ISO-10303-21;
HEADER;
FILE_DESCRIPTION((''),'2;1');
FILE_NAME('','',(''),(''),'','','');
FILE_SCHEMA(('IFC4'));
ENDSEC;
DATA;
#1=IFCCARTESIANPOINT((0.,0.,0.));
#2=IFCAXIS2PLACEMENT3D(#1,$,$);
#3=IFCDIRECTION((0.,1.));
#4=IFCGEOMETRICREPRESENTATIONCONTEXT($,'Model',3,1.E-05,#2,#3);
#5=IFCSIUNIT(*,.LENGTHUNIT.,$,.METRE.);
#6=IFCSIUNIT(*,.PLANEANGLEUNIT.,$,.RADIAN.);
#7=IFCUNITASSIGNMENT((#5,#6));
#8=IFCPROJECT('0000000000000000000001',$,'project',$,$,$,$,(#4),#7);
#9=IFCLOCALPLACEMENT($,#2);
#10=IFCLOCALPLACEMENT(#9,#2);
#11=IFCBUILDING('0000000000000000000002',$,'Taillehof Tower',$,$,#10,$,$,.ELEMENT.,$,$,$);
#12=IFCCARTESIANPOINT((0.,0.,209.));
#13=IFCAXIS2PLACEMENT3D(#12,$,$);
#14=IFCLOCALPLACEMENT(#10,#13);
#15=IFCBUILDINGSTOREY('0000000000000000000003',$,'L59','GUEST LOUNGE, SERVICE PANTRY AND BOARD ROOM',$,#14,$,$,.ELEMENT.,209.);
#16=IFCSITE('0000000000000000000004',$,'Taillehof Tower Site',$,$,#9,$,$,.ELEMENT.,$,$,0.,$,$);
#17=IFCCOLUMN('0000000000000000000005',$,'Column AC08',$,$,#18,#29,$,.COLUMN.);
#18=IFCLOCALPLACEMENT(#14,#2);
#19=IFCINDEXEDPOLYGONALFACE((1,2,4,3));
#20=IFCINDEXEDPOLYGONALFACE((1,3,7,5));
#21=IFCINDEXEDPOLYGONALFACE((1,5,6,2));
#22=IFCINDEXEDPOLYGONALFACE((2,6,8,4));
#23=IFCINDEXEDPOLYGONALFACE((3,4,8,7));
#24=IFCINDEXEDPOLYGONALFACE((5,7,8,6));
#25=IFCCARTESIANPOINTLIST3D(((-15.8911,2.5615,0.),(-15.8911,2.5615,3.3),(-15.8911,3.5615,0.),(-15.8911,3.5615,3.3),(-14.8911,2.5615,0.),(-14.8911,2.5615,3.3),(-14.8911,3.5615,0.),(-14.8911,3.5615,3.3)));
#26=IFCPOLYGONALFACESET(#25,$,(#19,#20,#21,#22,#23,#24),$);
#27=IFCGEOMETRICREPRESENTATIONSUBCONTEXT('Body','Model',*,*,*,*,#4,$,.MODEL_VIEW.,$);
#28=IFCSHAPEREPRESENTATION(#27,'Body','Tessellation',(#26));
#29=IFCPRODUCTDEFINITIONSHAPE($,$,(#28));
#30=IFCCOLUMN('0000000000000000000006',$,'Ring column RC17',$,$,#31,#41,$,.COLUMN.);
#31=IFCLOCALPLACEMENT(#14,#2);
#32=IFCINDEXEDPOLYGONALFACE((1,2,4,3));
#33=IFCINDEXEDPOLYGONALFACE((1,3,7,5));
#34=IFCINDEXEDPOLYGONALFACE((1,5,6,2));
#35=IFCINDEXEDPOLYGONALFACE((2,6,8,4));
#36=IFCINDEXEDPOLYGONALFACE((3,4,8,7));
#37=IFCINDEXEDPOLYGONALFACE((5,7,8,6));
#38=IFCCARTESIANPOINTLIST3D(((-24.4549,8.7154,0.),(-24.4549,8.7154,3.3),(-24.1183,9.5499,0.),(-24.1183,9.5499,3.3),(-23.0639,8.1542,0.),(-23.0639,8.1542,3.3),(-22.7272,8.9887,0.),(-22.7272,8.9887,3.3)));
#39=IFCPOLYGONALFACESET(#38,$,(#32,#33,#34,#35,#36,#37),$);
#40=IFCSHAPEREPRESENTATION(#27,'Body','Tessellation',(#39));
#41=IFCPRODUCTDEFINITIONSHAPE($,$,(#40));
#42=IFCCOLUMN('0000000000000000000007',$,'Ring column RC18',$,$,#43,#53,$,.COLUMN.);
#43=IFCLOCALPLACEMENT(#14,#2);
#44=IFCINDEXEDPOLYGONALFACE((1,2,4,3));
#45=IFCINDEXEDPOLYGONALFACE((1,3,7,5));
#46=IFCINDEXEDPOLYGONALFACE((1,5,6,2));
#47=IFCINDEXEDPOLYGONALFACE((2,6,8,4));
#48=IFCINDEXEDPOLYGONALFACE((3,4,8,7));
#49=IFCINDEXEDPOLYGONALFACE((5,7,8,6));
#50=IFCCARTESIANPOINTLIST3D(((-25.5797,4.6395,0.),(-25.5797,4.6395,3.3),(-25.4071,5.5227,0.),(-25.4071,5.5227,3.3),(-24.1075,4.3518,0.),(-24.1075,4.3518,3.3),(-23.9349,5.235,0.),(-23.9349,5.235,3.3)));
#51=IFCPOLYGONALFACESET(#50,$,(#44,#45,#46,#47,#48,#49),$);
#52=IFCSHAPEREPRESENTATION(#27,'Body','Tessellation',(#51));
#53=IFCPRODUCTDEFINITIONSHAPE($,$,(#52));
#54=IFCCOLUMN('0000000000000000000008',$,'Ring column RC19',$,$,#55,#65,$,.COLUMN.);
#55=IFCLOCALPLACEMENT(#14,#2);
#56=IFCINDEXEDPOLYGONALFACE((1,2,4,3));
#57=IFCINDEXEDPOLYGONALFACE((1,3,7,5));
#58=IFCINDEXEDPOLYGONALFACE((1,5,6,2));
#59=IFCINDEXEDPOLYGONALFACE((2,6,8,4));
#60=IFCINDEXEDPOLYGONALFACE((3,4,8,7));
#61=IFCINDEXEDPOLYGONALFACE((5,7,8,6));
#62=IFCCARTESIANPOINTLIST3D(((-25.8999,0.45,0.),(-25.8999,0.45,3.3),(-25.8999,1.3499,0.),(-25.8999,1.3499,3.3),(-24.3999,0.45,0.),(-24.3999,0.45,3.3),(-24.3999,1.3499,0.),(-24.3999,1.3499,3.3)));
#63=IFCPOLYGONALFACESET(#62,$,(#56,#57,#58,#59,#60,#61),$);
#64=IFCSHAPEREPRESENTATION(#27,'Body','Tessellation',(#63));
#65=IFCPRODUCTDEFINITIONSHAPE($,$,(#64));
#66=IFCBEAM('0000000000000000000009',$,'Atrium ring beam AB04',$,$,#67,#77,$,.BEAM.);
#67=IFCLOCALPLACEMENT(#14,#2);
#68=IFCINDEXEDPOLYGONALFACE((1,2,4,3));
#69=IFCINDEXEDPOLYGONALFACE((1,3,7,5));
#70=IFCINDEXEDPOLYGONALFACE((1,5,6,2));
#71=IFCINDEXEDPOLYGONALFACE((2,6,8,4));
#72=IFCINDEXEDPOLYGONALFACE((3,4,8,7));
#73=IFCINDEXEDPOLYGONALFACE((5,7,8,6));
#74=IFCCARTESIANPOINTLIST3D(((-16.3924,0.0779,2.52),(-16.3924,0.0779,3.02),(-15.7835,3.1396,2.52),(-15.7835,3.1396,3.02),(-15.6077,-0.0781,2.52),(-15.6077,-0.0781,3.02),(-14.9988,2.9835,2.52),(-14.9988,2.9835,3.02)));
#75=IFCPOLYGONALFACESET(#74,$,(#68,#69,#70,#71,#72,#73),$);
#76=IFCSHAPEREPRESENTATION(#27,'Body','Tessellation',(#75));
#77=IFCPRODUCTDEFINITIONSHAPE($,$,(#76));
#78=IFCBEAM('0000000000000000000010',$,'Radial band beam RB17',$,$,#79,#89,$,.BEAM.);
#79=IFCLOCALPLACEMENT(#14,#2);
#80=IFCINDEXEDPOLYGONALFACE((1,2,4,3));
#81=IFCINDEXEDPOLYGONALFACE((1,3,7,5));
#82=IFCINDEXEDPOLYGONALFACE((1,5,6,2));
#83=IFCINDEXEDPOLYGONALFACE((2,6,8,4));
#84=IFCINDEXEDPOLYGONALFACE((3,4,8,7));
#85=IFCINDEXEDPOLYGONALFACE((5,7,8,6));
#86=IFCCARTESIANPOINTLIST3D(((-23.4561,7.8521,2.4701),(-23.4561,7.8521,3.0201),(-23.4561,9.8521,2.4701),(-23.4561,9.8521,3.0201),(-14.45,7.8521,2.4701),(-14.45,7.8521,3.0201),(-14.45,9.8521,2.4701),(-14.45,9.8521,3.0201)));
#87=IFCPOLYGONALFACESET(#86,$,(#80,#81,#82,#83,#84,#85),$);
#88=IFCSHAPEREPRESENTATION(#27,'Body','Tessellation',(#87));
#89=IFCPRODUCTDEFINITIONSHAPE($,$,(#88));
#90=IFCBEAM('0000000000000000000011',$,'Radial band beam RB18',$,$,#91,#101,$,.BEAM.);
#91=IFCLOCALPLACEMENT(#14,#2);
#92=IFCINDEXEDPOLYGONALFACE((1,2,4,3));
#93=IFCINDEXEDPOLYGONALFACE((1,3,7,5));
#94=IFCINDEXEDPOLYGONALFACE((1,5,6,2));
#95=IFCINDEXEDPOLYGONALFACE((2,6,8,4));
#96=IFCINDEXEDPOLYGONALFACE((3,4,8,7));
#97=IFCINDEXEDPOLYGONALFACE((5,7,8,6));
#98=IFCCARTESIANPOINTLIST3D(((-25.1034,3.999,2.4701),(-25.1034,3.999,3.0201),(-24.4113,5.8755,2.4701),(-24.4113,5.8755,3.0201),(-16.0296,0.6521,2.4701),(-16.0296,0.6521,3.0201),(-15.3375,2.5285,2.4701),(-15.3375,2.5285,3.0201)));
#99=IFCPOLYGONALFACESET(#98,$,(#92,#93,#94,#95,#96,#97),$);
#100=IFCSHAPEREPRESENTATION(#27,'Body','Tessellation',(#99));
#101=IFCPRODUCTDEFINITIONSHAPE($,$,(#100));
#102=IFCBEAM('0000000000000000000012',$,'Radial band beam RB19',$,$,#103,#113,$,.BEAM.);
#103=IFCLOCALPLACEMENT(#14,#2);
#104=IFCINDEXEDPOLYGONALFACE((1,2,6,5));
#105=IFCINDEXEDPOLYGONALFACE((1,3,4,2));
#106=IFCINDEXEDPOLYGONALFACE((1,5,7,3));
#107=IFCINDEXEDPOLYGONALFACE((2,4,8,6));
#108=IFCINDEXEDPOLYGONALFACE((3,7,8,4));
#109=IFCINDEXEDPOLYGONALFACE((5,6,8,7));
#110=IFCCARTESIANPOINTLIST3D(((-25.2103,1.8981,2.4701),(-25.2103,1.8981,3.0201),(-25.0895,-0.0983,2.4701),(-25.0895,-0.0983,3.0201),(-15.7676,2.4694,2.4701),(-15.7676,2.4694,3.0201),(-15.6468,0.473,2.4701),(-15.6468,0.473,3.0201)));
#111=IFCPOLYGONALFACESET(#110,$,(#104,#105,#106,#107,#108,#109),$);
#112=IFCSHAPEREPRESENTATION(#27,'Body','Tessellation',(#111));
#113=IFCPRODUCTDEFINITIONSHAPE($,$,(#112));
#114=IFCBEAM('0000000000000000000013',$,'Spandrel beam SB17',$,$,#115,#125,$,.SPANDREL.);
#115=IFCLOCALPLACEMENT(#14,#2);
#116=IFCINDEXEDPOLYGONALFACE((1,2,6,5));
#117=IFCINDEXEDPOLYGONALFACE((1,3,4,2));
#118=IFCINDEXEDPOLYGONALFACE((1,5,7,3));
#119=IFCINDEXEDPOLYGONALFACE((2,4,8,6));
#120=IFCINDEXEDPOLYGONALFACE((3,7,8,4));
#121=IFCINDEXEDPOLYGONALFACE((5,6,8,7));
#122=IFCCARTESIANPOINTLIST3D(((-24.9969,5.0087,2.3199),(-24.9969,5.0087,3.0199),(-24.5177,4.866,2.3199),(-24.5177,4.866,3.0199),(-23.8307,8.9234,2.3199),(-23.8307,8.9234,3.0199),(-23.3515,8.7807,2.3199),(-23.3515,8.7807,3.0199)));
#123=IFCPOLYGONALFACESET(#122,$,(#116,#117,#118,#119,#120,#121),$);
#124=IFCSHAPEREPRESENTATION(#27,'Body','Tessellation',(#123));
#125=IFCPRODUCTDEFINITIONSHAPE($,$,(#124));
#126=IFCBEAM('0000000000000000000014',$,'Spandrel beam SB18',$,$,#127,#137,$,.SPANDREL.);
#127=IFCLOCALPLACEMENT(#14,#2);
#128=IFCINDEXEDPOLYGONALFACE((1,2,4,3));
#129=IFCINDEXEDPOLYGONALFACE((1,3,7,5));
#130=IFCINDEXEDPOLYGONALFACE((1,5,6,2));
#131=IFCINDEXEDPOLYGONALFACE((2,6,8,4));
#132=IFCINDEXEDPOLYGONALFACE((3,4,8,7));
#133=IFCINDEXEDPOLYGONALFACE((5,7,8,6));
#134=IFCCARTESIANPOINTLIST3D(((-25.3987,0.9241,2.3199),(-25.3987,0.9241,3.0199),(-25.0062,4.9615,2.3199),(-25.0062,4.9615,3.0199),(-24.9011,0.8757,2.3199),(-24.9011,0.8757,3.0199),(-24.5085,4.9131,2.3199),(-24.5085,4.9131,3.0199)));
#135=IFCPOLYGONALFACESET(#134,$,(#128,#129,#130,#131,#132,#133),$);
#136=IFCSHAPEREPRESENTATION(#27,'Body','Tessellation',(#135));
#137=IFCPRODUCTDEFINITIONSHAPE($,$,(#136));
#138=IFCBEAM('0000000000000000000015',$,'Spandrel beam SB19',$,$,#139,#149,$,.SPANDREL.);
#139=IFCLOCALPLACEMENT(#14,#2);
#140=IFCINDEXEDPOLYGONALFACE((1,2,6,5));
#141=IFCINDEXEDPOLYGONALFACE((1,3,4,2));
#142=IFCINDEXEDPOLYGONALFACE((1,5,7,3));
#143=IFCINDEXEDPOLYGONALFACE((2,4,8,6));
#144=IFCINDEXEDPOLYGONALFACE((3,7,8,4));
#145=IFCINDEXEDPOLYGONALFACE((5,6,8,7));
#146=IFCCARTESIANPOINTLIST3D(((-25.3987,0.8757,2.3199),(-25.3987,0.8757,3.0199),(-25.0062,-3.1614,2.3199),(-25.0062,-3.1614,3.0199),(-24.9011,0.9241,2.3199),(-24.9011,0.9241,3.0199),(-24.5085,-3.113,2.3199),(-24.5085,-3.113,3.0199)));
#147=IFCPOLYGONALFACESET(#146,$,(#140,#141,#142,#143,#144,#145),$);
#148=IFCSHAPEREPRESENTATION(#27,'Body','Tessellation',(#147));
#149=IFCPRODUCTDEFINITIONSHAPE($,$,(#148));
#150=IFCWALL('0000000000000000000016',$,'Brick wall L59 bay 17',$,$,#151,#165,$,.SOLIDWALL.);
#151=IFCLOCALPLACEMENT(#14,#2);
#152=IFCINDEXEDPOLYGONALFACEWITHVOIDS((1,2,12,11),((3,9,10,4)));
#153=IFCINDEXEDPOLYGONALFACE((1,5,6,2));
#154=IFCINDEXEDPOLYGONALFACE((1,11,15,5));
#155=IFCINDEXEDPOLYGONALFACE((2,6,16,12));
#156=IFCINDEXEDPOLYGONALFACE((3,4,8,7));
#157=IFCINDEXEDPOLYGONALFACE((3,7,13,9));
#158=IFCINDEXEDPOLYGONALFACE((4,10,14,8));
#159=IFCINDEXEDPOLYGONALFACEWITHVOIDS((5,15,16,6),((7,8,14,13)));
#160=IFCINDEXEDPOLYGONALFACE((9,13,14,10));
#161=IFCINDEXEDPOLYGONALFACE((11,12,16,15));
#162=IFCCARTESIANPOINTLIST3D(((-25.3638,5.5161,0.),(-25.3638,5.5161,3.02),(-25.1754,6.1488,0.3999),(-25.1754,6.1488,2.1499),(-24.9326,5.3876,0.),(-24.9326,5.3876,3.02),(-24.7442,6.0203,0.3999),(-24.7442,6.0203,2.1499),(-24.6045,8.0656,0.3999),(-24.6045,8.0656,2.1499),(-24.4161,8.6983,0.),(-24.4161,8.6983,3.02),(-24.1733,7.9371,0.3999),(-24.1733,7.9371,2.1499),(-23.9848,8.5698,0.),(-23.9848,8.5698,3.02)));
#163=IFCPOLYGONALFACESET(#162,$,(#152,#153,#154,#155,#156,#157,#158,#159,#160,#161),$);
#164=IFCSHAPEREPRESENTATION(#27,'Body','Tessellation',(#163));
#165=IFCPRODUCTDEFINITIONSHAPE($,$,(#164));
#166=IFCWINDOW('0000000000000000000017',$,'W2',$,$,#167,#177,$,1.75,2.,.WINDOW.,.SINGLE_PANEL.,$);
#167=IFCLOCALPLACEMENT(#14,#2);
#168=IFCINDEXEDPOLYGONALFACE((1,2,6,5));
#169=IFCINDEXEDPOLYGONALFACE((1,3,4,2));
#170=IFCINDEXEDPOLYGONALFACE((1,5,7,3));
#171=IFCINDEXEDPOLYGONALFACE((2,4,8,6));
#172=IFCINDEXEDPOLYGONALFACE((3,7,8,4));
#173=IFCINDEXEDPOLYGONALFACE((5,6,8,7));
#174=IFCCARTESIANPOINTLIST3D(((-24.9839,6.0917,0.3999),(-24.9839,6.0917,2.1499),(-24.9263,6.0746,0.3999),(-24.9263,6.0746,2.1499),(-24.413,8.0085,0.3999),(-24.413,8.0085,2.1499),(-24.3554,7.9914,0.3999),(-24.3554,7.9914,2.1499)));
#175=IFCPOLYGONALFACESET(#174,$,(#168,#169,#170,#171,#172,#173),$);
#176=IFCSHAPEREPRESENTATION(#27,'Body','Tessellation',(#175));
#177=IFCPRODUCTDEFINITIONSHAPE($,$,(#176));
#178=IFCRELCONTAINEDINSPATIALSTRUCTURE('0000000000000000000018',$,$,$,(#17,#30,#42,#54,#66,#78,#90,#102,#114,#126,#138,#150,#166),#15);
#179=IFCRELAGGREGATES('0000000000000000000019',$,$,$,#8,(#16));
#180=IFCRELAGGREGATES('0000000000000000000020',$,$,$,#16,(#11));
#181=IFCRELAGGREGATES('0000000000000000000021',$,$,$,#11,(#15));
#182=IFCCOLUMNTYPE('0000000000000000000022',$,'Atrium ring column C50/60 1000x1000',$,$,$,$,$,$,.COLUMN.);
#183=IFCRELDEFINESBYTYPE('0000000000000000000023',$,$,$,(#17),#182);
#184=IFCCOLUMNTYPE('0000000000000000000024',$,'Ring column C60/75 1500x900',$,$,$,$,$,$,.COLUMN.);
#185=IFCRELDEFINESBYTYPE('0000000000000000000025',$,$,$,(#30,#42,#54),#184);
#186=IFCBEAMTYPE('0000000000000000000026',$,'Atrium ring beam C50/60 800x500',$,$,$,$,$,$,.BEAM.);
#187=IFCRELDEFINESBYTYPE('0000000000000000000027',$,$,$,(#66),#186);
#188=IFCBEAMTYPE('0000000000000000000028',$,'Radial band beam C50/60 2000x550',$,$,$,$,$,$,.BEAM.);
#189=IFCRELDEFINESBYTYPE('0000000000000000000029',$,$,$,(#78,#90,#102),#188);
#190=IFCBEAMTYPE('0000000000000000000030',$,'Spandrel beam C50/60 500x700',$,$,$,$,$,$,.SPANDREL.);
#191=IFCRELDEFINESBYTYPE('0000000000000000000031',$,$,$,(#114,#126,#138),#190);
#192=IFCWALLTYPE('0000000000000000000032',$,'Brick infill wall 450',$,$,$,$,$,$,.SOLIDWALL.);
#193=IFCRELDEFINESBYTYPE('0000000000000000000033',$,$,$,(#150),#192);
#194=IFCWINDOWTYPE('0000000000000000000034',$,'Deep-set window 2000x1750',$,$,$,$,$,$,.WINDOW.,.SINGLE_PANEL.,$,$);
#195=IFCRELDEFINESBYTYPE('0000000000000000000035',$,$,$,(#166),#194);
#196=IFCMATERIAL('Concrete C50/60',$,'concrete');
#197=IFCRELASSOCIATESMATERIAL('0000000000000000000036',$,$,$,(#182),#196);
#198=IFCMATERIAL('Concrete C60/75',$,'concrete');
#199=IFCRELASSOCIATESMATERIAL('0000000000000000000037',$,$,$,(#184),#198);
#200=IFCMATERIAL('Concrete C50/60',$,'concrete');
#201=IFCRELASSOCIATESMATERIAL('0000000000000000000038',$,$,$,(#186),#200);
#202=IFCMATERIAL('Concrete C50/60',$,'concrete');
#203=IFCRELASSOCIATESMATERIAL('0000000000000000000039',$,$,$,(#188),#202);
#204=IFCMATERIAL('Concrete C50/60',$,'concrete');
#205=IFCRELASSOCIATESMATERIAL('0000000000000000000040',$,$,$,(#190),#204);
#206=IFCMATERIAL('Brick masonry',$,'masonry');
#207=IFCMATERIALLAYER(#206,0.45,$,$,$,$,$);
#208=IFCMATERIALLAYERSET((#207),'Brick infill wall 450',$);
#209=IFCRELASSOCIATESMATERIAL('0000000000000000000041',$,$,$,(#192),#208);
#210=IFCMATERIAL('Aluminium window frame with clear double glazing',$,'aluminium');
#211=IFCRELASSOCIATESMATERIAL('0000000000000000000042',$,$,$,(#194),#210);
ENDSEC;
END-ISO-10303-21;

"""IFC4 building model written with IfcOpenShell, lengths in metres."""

from ifc_helpers import new_model, si_unit, direction, frame, frame_2d, origin, origin_2d, place, context, subcontext, project, spatial, rectangle, extrude, material, layer, layer_set, material_profile, profile_set, type_object, element, fill, save


model = new_model("IFC4")

# Units and contexts
model_context = context("Model", 3, precision=1e-05, world=origin(), true_north=direction((0.0, 1.0)))
body_context = subcontext(model_context, "Body", "Model", "MODEL_VIEW")
ifc_project = project(units=[si_unit("LENGTHUNIT", "METRE"), si_unit("PLANEANGLEUNIT", "RADIAN")], contexts=[model_context])

# Site, building, storey
site_placement = place(None, origin())
site = spatial("IfcSite", under=ifc_project, at=site_placement, Name="Taillehof Tower Site", CompositionType="ELEMENT", RefElevation=0.0)
building_placement = place(site_placement, origin())
building = spatial("IfcBuilding", under=site, at=building_placement, Name="Taillehof Tower", CompositionType="ELEMENT")
storey_placement = place(building_placement, frame((0.0, 0.0, 209.0)))
storey = spatial("IfcBuildingStorey", under=building, at=storey_placement, Name="L59", Description="GUEST LOUNGE, SERVICE PANTRY AND BOARD ROOM", CompositionType="ELEMENT", Elevation=209.0)

# Columns
ifc_material_1 = material(Name="Concrete C50/60", Category="concrete")
ifc_material_profile_1 = material_profile(ifc_material_1, rectangle(XDim=1.0, YDim=1.0, at=origin_2d()), Name="RC 1000x1000")
ifc_profile_set_1 = profile_set([ifc_material_profile_1], Name="Concrete C50/60")
column_type_1 = type_object("IfcColumnType", Name="Atrium ring column C50/60 1000x1000", PredefinedType="COLUMN", material=ifc_profile_set_1)
column_placement = place(storey_placement, frame((-15.3911, 3.0615, 0.0), z_axis=(0.0, 0.0, 1.0), x_axis=(1.0, 0.0, 0.0)))
element("IfcColumn", 1, at=column_placement, inside=storey, type_object=column_type_1, Name="Column AC08", PredefinedType="COLUMN", context=body_context, shape_type="SweptSolid", body=[
    extrude(rectangle(XDim=1.0, YDim=1.0, at=origin_2d()), origin(), (0.0, 0.0, 1.0), 3.3),
])
ifc_material_2 = material(Name="Concrete C60/75", Category="concrete")
ifc_material_profile_2 = material_profile(ifc_material_2, rectangle(XDim=1.5, YDim=0.8999, at=origin_2d()), Name="RC 1500x900")
ifc_profile_set_2 = profile_set([ifc_material_profile_2], Name="Concrete C60/75")
column_type_2 = type_object("IfcColumnType", Name="Ring column C60/75 1500x900", PredefinedType="COLUMN", material=ifc_profile_set_2)
for number, where, z_axis, x_axis, name in (
    (2, (-23.5911, 8.8521, 0.0), (0.0, 0.0, 1.0), (-0.927385, 0.374108, 0.0), "Ring column RC17"),
    (3, (-24.7573, 4.9373, 0.0), (0.0, 0.0, 1.0), (-0.981434, 0.191801, 0.0), "Ring column RC18"),
    (4, (-25.1499, 0.8999, 0.0), (0.0, 0.0, 1.0), (-1.0, 0.0, 0.0), "Ring column RC19"),
):
    element("IfcColumn", number, at=place(storey_placement, frame(where, z_axis=z_axis, x_axis=x_axis)), inside=storey, type_object=column_type_2, Name=name, PredefinedType="COLUMN", context=body_context, shape_type="SweptSolid", body=[
        extrude(rectangle(XDim=1.5, YDim=0.8999, at=origin_2d()), origin(), (0.0, 0.0, 1.0), 3.3),
    ])

# Beams
ifc_material_3 = material(Name="Concrete C50/60", Category="concrete")
ifc_material_profile_3 = material_profile(ifc_material_3, rectangle(XDim=0.8, YDim=0.5, at=origin_2d()), Name="RC 800x500")
ifc_profile_set_3 = profile_set([ifc_material_profile_3], Name="Concrete C50/60")
beam_type_1 = type_object("IfcBeamType", Name="Atrium ring beam C50/60 800x500", PredefinedType="BEAM", material=ifc_profile_set_3)
beam_1_placement = place(storey_placement, frame((-15.3911, 3.0615, 2.77), z_axis=(-0.195063, -0.980791, 0.0), x_axis=(0.980791, -0.195063, 0.0)))
element("IfcBeam", 5, at=beam_1_placement, inside=storey, type_object=beam_type_1, Name="Atrium ring beam AB04", PredefinedType="BEAM", context=body_context, shape_type="SweptSolid", body=[
    extrude(rectangle(XDim=0.8, YDim=0.5, at=origin_2d()), origin(), (0.0, 0.0, 1.0), 3.1216),
])
ifc_material_4 = material(Name="Concrete C50/60", Category="concrete")
ifc_material_profile_4 = material_profile(ifc_material_4, rectangle(XDim=2.0, YDim=0.55, at=origin_2d()), Name="RC 2000x550")
ifc_profile_set_4 = profile_set([ifc_material_profile_4], Name="Concrete C50/60")
beam_type_2 = type_object("IfcBeamType", Name="Radial band beam C50/60 2000x550", PredefinedType="BEAM", material=ifc_profile_set_4)
beam_2_placement = place(storey_placement, frame((-23.4561, 8.8521, 2.7451), z_axis=(1.0, 0.0, 0.0), x_axis=(0.0, 1.0, 0.0)))
element("IfcBeam", 6, at=beam_2_placement, inside=storey, type_object=beam_type_2, Name="Radial band beam RB17", PredefinedType="BEAM", context=body_context, shape_type="SweptSolid", body=[
    extrude(rectangle(XDim=2.0, YDim=0.55, at=origin_2d()), origin(), (0.0, 0.0, 1.0), 9.0061),
])
beam_3_placement = place(storey_placement, frame((-24.7573, 4.9373, 2.7451), z_axis=(0.93821, -0.346067, 0.0), x_axis=(0.346067, 0.93821, 0.0)))
element("IfcBeam", 7, at=beam_3_placement, inside=storey, type_object=beam_type_2, Name="Radial band beam RB18", PredefinedType="BEAM", context=body_context, shape_type="SweptSolid", body=[
    extrude(rectangle(XDim=2.0, YDim=0.55, at=origin_2d()), origin(), (0.0, 0.0, 1.0), 9.6714),
])
beam_4_placement = place(storey_placement, frame((-25.1499, 0.8999, 2.7451), z_axis=(0.998175, 0.060391, 0.0), x_axis=(-0.060391, 0.998175, 0.0)))
element("IfcBeam", 8, at=beam_4_placement, inside=storey, type_object=beam_type_2, Name="Radial band beam RB19", PredefinedType="BEAM", context=body_context, shape_type="SweptSolid", body=[
    extrude(rectangle(XDim=2.0, YDim=0.55, at=origin_2d()), origin(), (0.0, 0.0, 1.0), 9.46),
])
ifc_material_5 = material(Name="Concrete C50/60", Category="concrete")
ifc_material_profile_5 = material_profile(ifc_material_5, rectangle(XDim=0.5, YDim=0.7, at=origin_2d()), Name="RC 500x700")
ifc_profile_set_5 = profile_set([ifc_material_profile_5], Name="Concrete C50/60")
beam_type_3 = type_object("IfcBeamType", Name="Spandrel beam C50/60 500x700", PredefinedType="SPANDREL", material=ifc_profile_set_5)
beam_5_placement = place(storey_placement, frame((-23.5911, 8.8521, 2.6699), z_axis=(-0.28551, -0.958376, 0.0), x_axis=(0.958376, -0.28551, 0.0)))
element("IfcBeam", 9, at=beam_5_placement, inside=storey, type_object=beam_type_3, Name="Spandrel beam SB17", PredefinedType="SPANDREL", context=body_context, shape_type="SweptSolid", body=[
    extrude(rectangle(XDim=0.5, YDim=0.7, at=origin_2d()), origin(), (0.0, 0.0, 1.0), 4.0847),
])
beam_6_placement = place(storey_placement, frame((-24.7573, 4.9373, 2.6699), z_axis=(-0.09678, -0.995306, 0.0), x_axis=(0.995306, -0.09678, 0.0)))
element("IfcBeam", 10, at=beam_6_placement, inside=storey, type_object=beam_type_3, Name="Spandrel beam SB18", PredefinedType="SPANDREL", context=body_context, shape_type="SweptSolid", body=[
    extrude(rectangle(XDim=0.5, YDim=0.7, at=origin_2d()), origin(), (0.0, 0.0, 1.0), 4.0564),
])
beam_7_placement = place(storey_placement, frame((-25.1499, 0.8999, 2.6699), z_axis=(0.096786, -0.995305, 0.0), x_axis=(0.995305, 0.096786, 0.0)))
element("IfcBeam", 11, at=beam_7_placement, inside=storey, type_object=beam_type_3, Name="Spandrel beam SB19", PredefinedType="SPANDREL", context=body_context, shape_type="SweptSolid", body=[
    extrude(rectangle(XDim=0.5, YDim=0.7, at=origin_2d()), origin(), (0.0, 0.0, 1.0), 4.0562),
])

# Wall, opening, window
ifc_material_6 = material(Name="Brick masonry", Category="masonry")
ifc_layer_1 = layer(ifc_material_6, 0.45)
ifc_layer_set_1 = layer_set([ifc_layer_1], Name="Brick infill wall 450")
wall_type_1 = type_object("IfcWallType", Name="Brick infill wall 450", PredefinedType="SOLIDWALL", material=ifc_layer_set_1)
wall_1_placement = place(storey_placement, frame((-24.2004, 8.634, 0.0), z_axis=(0.0, 0.0, 1.0), x_axis=(-0.285445, -0.958395, 0.0)))
wall_1 = element("IfcWall", 12, at=wall_1_placement, inside=storey, type_object=wall_type_1, Name="Brick wall L59 bay 17", PredefinedType="SOLIDWALL", context=body_context, shape_type="SweptSolid", body=[
    extrude(rectangle(XDim=3.3203, YDim=0.45, at=frame_2d((1.6602, 0.0))), origin(), (0.0, 0.0, 1.0), 3.02),
])
opening_1_placement = place(wall_1_placement, frame((0.6602, 0.0, 0.3999)))
opening_1 = element("IfcOpeningElement", 13, at=opening_1_placement, cuts=wall_1, PredefinedType="OPENING", context=body_context, shape_type="SweptSolid", body=[
    extrude(rectangle(XDim=2.0, YDim=1.75, at=frame_2d((1.0, 0.875))), frame((0.0, 0.2349, 0.0), z_axis=(0.0, -1.0, 0.0), x_axis=(1.0, 0.0, 0.0)), (0.0, 0.0, 1.0), 0.47),
])
ifc_material_7 = material(Name="Aluminium window frame with clear double glazing", Category="aluminium")
window_type = type_object("IfcWindowType", Name="Deep-set window 2000x1750", PartitioningType="SINGLE_PANEL", PredefinedType="WINDOW", material=ifc_material_7)
window_1_placement = place(opening_1_placement, origin())
window_1 = element("IfcWindow", 14, at=window_1_placement, inside=storey, type_object=window_type, Name="W2", OverallHeight=1.75, OverallWidth=2.0, PartitioningType="SINGLE_PANEL", PredefinedType="WINDOW", context=body_context, shape_type="SweptSolid", body=[
    extrude(rectangle(XDim=2.0, YDim=1.75, at=frame_2d((1.0, 0.875))), frame((0.0, 0.0349, 0.0), z_axis=(0.0, -1.0, 0.0), x_axis=(1.0, 0.0, 0.0)), (0.0, 0.0, 1.0), 0.0601),
])
fill(opening_1, window_1)

save(model, "model.ifc")
